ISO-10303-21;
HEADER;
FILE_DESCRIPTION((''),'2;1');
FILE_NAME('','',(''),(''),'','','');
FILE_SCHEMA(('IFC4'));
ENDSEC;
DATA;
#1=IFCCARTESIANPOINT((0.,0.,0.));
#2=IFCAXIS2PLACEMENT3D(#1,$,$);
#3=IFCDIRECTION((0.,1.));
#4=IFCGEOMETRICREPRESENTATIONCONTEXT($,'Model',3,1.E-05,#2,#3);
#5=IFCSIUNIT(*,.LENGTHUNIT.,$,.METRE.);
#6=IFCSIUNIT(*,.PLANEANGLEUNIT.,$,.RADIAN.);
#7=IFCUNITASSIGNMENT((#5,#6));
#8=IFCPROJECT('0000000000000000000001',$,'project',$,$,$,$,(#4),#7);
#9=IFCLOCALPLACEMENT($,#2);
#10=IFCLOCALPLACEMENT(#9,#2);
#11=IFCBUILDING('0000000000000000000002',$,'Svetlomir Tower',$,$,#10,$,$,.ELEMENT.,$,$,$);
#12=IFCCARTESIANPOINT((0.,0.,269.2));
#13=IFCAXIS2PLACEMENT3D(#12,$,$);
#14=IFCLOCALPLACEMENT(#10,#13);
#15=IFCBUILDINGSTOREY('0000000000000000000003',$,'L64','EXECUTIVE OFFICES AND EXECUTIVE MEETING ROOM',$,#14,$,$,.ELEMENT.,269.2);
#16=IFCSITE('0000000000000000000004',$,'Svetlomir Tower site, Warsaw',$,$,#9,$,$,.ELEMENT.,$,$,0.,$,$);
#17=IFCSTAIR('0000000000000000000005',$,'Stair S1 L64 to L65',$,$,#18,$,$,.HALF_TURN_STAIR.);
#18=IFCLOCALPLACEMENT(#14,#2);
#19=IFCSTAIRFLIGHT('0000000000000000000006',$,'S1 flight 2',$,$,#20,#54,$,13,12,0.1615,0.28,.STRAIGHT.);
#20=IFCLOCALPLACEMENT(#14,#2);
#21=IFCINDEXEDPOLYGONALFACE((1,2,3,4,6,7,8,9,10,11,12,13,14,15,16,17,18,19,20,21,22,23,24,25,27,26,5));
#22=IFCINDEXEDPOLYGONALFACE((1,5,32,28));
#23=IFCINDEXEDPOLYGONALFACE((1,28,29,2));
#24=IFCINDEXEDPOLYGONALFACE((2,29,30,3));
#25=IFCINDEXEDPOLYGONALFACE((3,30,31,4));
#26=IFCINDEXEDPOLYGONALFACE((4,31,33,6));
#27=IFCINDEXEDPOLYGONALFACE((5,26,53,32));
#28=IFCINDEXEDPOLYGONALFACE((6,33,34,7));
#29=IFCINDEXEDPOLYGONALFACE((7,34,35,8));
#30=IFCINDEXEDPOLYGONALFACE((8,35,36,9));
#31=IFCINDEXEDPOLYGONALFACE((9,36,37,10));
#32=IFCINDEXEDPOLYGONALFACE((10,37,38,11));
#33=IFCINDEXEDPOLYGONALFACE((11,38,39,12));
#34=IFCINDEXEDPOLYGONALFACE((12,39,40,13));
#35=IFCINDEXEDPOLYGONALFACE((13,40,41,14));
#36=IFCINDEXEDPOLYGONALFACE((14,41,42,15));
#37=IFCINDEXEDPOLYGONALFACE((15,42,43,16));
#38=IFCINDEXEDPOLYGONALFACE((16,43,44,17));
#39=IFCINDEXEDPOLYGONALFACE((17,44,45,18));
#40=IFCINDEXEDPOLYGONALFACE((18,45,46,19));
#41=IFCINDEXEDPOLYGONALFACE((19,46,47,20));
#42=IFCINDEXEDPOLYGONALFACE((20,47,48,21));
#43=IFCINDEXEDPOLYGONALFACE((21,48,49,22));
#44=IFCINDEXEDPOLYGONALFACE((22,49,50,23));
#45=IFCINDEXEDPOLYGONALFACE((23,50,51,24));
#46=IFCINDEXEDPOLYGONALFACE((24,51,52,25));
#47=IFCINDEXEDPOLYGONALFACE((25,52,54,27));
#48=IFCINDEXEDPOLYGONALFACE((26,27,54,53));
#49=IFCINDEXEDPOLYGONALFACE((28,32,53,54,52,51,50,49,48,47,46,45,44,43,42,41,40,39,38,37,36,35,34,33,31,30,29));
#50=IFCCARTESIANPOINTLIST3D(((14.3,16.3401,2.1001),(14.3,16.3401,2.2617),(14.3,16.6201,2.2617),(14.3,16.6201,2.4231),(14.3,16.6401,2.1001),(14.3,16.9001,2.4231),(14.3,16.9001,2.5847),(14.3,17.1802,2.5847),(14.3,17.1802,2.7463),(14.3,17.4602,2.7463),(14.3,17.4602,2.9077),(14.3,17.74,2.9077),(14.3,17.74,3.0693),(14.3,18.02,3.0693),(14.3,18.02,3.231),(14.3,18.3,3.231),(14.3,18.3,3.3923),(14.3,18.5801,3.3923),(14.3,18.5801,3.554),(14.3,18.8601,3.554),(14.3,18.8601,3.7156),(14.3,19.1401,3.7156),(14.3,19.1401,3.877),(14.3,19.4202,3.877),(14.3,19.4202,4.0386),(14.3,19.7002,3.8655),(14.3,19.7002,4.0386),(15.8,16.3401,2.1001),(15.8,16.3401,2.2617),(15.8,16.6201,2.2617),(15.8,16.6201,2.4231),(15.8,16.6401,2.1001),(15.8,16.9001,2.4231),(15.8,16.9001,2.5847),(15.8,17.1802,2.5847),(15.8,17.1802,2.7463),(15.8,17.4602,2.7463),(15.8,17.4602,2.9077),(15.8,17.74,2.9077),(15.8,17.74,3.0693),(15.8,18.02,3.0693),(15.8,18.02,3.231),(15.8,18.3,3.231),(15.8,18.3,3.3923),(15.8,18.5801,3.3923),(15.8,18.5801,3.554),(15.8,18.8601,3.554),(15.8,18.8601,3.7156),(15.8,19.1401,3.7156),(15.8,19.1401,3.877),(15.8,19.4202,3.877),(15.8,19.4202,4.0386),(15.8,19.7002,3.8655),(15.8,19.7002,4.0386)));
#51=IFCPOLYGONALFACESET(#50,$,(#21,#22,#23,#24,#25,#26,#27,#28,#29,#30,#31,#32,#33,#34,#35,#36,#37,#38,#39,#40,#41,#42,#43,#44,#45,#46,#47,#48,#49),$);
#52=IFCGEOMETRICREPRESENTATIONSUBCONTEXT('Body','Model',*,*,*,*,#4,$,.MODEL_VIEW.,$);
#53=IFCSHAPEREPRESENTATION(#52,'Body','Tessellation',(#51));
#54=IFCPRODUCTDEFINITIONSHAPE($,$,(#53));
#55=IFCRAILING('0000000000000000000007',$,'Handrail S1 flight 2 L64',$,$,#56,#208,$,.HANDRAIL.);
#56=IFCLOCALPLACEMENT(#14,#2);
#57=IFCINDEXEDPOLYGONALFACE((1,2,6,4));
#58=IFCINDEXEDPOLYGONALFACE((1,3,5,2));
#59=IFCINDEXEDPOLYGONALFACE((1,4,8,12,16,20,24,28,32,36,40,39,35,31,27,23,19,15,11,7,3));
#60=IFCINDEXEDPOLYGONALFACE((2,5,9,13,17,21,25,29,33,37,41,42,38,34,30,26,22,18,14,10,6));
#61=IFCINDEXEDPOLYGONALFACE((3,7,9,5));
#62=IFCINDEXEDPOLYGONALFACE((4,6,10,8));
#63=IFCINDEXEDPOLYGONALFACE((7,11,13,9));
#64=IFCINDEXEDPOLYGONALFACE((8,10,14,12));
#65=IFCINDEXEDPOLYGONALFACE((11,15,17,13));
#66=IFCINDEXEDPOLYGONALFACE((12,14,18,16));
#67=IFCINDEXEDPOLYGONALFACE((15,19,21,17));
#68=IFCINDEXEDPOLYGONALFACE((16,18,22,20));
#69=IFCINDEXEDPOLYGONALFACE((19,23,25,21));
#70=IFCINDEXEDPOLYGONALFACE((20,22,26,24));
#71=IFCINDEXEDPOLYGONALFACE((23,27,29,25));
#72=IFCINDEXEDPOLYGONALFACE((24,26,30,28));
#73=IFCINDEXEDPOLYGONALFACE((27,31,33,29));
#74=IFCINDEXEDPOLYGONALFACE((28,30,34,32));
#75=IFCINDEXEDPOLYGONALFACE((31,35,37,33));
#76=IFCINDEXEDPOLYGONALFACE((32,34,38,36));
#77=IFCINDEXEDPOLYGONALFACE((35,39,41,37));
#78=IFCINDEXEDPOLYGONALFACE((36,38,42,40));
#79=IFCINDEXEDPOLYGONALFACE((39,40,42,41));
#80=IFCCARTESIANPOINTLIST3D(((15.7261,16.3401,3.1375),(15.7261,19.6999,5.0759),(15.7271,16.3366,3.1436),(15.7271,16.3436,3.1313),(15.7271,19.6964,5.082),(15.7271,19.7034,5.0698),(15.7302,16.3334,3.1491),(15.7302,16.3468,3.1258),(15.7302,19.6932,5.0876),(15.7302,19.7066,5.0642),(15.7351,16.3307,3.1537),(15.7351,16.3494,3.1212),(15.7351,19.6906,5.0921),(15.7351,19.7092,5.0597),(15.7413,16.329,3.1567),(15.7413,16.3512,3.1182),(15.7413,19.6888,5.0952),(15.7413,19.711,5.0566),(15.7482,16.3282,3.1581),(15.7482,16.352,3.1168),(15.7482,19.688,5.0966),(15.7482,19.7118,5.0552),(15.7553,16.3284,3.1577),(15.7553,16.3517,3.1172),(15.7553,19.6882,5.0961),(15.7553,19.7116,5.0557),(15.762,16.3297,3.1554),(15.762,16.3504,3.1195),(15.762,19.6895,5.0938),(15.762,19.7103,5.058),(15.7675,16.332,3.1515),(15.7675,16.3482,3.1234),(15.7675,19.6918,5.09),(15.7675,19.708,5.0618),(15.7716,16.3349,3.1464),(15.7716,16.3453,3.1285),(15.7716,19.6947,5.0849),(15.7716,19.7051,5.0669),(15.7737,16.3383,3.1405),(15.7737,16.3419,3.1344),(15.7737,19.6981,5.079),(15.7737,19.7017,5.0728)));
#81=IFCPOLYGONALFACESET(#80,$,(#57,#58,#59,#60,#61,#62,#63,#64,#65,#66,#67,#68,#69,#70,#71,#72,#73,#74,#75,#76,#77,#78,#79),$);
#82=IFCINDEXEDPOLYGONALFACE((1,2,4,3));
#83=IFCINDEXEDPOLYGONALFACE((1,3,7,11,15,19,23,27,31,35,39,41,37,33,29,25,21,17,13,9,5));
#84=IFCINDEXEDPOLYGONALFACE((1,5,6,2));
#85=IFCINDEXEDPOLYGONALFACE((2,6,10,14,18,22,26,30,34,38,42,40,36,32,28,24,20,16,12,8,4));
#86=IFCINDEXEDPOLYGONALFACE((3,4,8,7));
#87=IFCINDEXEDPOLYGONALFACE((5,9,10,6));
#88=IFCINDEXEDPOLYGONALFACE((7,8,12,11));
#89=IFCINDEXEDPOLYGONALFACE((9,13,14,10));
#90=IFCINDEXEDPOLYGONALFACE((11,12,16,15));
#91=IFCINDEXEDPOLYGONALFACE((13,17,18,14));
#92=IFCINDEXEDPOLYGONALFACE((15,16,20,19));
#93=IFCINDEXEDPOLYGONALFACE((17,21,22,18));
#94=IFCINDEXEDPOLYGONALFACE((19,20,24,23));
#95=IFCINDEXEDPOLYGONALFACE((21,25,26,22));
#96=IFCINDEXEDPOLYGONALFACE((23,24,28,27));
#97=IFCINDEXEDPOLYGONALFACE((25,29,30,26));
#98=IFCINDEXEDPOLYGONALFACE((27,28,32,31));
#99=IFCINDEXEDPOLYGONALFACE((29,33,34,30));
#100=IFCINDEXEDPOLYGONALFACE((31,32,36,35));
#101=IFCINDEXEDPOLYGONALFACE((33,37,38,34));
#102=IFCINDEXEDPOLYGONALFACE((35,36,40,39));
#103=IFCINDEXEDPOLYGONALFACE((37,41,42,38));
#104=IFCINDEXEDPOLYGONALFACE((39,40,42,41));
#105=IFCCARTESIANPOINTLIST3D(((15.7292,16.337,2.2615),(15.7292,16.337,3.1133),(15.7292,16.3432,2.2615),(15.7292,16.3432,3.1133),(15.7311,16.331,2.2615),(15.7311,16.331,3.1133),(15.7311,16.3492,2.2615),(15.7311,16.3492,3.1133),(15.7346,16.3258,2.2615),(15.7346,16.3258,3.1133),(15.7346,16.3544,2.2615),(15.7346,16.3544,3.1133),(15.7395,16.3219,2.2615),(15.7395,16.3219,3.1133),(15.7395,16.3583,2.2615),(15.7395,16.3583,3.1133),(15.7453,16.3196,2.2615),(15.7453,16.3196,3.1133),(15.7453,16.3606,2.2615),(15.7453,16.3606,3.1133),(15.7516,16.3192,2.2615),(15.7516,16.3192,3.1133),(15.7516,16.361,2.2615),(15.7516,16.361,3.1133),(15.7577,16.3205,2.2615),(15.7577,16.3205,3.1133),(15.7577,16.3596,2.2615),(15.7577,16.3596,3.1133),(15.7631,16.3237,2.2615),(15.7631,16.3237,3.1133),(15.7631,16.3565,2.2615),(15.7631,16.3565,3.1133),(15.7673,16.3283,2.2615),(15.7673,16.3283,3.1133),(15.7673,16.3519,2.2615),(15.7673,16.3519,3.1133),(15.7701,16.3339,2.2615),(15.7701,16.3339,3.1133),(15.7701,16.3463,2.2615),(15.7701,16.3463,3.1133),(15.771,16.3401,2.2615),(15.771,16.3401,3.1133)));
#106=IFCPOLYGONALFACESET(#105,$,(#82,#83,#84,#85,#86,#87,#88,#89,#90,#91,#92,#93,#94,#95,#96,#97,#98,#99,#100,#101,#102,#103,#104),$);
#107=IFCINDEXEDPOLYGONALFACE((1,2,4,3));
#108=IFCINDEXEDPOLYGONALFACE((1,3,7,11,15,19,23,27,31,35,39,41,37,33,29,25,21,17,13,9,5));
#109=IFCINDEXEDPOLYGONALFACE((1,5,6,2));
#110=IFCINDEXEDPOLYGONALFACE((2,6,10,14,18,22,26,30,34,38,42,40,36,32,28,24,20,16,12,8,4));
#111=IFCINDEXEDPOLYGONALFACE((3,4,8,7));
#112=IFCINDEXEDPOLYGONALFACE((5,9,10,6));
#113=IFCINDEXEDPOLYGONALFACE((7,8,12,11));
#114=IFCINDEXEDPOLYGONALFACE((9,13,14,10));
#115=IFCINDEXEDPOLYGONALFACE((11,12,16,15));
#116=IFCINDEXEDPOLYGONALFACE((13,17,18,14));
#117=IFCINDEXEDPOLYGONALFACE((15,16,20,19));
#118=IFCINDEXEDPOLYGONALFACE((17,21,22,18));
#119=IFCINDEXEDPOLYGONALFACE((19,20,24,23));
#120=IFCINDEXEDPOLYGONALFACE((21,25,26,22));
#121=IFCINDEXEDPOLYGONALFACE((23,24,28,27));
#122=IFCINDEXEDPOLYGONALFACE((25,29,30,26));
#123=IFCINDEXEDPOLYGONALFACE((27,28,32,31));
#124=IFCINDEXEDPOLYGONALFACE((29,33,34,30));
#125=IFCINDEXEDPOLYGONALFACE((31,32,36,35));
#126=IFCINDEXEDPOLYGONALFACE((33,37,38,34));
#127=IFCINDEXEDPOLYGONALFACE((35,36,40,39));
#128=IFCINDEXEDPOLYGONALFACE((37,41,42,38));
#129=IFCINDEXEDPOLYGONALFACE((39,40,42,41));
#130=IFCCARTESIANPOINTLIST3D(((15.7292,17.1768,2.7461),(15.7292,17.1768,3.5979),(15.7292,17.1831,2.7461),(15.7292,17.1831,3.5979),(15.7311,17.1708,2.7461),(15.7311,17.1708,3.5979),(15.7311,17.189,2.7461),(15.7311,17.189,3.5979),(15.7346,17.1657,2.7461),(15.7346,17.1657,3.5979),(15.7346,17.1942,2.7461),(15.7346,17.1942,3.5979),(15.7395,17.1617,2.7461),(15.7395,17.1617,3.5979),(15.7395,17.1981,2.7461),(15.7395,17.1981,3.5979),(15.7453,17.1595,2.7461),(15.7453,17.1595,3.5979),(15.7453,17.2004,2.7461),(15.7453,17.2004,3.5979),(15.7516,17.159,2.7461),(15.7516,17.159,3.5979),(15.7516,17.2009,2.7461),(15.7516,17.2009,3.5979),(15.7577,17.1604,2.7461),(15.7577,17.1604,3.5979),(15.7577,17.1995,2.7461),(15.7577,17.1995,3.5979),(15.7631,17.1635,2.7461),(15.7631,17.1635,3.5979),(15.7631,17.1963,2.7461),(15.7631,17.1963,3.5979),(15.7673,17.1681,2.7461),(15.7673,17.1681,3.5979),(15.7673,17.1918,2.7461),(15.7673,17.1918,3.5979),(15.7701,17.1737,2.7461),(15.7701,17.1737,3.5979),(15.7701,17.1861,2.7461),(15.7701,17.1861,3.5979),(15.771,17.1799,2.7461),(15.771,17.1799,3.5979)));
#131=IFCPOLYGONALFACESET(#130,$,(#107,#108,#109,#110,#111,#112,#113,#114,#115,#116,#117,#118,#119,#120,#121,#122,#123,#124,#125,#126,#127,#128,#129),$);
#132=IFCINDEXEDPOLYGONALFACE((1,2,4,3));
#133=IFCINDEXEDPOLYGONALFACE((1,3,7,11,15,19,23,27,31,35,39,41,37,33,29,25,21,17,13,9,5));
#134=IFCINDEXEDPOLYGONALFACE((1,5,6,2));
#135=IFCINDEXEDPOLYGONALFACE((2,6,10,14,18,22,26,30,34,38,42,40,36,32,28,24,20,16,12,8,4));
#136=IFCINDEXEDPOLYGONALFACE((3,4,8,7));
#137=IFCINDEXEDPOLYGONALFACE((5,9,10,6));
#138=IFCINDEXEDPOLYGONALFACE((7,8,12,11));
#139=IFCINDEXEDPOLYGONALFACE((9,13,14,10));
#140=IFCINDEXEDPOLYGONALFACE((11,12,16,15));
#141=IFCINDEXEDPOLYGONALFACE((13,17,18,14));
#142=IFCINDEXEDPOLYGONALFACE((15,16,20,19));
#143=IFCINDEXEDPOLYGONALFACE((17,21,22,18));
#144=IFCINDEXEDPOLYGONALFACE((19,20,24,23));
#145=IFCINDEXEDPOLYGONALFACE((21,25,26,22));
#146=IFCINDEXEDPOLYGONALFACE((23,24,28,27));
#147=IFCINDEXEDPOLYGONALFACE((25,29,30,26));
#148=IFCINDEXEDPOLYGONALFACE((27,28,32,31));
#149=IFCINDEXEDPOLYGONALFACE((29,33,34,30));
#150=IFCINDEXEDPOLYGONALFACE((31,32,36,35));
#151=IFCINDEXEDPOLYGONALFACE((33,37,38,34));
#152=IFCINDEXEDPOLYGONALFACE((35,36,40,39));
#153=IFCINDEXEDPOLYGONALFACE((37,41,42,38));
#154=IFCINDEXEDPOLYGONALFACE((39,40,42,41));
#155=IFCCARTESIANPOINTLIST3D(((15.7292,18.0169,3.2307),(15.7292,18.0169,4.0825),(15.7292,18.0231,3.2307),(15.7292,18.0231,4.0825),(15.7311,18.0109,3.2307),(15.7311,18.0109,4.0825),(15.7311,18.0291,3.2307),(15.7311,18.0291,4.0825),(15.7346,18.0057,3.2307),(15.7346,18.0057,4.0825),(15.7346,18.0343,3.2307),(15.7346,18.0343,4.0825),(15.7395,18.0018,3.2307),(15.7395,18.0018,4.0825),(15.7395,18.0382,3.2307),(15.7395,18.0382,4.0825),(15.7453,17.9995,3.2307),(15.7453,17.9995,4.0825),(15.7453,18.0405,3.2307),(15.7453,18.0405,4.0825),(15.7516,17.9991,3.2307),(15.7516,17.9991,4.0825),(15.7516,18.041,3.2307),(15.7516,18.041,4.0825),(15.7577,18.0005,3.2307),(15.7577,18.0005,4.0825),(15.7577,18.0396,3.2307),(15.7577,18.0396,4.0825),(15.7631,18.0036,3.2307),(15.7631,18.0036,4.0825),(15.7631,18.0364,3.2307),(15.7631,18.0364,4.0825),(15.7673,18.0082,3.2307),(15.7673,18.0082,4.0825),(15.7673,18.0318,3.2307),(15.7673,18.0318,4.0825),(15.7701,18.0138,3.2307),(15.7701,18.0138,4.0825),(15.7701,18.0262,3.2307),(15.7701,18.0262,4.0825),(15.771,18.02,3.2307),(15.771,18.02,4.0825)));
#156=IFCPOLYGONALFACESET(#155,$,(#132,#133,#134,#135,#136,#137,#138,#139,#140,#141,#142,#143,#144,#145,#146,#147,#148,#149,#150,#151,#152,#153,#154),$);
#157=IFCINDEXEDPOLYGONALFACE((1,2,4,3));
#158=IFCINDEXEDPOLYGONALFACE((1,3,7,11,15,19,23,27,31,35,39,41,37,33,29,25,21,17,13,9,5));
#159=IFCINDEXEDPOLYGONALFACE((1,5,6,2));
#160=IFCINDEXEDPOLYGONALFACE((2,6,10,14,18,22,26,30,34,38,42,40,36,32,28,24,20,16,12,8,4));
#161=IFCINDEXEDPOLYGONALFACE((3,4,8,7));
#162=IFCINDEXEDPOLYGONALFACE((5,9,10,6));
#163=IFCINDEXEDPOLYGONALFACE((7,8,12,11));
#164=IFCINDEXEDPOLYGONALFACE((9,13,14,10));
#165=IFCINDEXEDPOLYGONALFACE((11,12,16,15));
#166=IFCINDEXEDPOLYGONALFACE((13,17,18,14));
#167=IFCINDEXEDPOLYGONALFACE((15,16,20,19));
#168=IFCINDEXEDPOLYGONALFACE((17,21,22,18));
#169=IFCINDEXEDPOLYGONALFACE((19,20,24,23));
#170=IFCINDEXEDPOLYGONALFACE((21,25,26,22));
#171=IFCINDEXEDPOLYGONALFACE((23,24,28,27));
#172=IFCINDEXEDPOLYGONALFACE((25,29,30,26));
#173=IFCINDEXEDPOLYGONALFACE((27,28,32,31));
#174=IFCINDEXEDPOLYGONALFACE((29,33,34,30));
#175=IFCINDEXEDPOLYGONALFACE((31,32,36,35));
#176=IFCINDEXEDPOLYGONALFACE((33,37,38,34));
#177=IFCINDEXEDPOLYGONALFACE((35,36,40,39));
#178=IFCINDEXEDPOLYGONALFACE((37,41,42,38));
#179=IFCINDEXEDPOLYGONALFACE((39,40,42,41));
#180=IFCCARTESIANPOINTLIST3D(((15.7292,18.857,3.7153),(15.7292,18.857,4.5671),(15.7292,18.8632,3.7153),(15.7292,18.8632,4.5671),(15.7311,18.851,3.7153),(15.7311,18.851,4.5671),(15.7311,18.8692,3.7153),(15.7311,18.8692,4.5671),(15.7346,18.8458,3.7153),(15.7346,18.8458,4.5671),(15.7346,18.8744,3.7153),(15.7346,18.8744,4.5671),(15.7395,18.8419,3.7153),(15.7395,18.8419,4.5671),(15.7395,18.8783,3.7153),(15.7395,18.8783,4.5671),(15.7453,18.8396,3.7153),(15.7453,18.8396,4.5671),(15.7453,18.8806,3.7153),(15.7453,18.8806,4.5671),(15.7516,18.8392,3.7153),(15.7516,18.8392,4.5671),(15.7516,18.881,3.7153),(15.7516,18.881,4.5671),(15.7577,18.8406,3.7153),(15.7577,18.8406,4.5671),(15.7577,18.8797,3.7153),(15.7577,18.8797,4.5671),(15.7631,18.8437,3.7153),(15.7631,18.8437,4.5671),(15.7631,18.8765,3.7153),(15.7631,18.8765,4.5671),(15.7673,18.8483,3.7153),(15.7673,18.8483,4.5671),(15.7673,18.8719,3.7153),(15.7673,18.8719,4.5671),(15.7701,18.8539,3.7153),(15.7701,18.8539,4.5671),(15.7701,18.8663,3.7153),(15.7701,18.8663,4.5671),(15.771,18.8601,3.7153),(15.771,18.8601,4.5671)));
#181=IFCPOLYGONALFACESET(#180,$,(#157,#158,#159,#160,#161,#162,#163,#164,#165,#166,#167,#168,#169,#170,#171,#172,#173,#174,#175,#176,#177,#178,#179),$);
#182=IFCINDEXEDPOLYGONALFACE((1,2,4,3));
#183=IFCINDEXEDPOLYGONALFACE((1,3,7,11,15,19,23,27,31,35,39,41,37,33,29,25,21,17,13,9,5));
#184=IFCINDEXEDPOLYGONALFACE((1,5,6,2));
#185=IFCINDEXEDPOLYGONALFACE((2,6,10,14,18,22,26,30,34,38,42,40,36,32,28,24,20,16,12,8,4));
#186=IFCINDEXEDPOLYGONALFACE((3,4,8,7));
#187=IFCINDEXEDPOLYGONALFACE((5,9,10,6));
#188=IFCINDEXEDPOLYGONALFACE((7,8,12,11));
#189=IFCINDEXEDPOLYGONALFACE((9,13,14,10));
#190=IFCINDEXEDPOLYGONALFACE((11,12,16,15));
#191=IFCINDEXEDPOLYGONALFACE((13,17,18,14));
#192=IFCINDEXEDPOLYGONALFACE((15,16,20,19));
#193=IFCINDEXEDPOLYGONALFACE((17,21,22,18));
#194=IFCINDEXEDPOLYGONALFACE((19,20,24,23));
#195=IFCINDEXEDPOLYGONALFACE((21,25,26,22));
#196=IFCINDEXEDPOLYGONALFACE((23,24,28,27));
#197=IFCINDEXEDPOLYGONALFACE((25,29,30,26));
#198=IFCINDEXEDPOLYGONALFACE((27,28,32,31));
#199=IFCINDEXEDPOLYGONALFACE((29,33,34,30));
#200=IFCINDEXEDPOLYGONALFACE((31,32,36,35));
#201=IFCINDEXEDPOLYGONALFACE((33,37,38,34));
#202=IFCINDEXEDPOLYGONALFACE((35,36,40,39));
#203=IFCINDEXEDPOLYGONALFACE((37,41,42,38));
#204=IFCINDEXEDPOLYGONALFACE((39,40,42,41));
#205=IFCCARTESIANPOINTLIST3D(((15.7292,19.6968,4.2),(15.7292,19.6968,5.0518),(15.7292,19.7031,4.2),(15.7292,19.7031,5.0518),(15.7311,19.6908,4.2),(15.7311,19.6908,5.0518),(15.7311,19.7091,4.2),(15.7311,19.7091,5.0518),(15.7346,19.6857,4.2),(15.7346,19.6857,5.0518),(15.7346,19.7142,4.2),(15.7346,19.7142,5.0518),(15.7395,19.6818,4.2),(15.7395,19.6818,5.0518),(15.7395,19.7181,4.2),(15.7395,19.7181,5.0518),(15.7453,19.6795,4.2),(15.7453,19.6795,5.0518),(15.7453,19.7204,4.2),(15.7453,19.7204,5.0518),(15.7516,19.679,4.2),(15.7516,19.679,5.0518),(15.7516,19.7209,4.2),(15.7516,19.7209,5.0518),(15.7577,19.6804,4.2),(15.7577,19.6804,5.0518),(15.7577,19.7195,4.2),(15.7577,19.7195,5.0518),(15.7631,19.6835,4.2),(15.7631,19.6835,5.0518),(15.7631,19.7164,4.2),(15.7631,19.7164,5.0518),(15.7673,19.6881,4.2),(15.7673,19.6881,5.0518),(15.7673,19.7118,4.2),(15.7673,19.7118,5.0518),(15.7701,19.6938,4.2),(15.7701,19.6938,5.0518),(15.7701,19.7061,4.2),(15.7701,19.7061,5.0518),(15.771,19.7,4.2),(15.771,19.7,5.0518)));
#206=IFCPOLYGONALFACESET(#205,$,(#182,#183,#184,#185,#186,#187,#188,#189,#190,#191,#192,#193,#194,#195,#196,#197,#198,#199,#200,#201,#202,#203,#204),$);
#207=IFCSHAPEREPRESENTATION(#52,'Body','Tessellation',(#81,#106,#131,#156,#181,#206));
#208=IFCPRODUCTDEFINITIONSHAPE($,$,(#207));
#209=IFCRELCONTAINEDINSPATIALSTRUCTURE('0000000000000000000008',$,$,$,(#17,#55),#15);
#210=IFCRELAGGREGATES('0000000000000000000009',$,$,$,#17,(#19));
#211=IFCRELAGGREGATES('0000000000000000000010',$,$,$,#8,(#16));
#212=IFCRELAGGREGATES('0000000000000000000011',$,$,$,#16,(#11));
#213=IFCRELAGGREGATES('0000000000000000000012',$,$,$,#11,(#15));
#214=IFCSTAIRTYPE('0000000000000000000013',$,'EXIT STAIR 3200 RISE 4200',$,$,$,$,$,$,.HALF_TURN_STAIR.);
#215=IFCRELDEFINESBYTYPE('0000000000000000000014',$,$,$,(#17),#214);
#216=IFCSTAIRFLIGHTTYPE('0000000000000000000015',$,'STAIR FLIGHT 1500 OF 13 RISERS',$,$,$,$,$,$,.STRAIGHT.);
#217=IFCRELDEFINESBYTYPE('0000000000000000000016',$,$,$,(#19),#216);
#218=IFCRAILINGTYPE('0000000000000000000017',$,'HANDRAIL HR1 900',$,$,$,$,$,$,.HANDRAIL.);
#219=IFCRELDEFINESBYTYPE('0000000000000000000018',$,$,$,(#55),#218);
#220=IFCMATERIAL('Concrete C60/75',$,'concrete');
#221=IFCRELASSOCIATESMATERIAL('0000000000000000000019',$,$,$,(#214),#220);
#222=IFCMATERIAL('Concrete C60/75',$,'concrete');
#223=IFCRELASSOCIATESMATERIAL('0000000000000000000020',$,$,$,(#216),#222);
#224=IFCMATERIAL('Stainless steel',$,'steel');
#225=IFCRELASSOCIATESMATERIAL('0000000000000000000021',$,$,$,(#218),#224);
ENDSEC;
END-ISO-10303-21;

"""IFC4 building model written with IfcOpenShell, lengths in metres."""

from ifc_helpers import new_model, si_unit, direction, frame, origin, origin_2d, place, context, subcontext, project, spatial, polyline, circle, outline, extrude, material, type_object, element, aggregate, save


model = new_model("IFC4")

# Units and contexts
model_context = context("Model", 3, precision=1e-05, world=origin(), true_north=direction((0.0, 1.0)))
body_context = subcontext(model_context, "Body", "Model", "MODEL_VIEW")
ifc_project = project(units=[si_unit("LENGTHUNIT", "METRE"), si_unit("PLANEANGLEUNIT", "RADIAN")], contexts=[model_context])

# Site, building, storey
site_placement = place(None, origin())
site = spatial("IfcSite", under=ifc_project, at=site_placement, Name="Svetlomir Tower site, Warsaw", CompositionType="ELEMENT", RefElevation=0.0)
building_placement = place(site_placement, origin())
building = spatial("IfcBuilding", under=site, at=building_placement, Name="Svetlomir Tower", CompositionType="ELEMENT")
storey_placement = place(building_placement, frame((0.0, 0.0, 269.2)))
storey = spatial("IfcBuildingStorey", under=building, at=storey_placement, Name="L64", Description="EXECUTIVE OFFICES AND EXECUTIVE MEETING ROOM", CompositionType="ELEMENT", Elevation=269.2)

# Stair, stair flight
ifc_material_1 = material(Name="Concrete C60/75", Category="concrete")
stair_type = type_object("IfcStairType", Name="EXIT STAIR 3200 RISE 4200", PredefinedType="HALF_TURN_STAIR", material=ifc_material_1)
stair_placement = place(storey_placement, origin())
stair = element("IfcStair", 1, at=stair_placement, inside=storey, type_object=stair_type, Name="Stair S1 L64 to L65", PredefinedType="HALF_TURN_STAIR")
ifc_material_2 = material(Name="Concrete C60/75", Category="concrete")
stair_flight_type = type_object("IfcStairFlightType", Name="STAIR FLIGHT 1500 OF 13 RISERS", PredefinedType="STRAIGHT", material=ifc_material_2)
stair_flight_placement = place(storey_placement, frame((15.05, 16.3401, 2.1001), z_axis=(0.0, 0.0, 1.0), x_axis=(0.0, 1.0, 0.0)))
stair_flight = element("IfcStairFlight", 2, at=stair_flight_placement, type_object=stair_flight_type, Name="S1 flight 2", NumberOfRisers=13, NumberOfTreads=12, PredefinedType="STRAIGHT", RiserHeight=0.1615, TreadLength=0.28, context=body_context, shape_type="SweptSolid", body=[
    extrude(outline(polyline([(0.0, 0.0), (0.0, 0.1616), (0.28, 0.1616), (0.28, 0.323), (0.5601, 0.323), (0.5601, 0.4846), (0.8401, 0.4846), (0.8401, 0.6462), (1.1201, 0.6462), (1.1201, 0.8076), (1.3999, 0.8076), (1.3999, 0.9692), (1.6799, 0.9692), (1.6799, 1.1309), (1.96, 1.1309), (1.96, 1.2922), (2.24, 1.2922), (2.24, 1.4539), (2.52, 1.4539), (2.52, 1.6155), (2.8, 1.6155), (2.8, 1.7769), (3.0801, 1.7769), (3.0801, 1.9385), (3.3601, 1.9385), (3.3601, 2.1001), (3.3601, 1.7654), (0.3, 0.0), (0.0, 0.0)])), frame((0.0, 0.75, 0.0), z_axis=(0.0, -1.0, 0.0), x_axis=(1.0, 0.0, 0.0)), (0.0, 0.0, 1.0), 1.5),
])
aggregate(stair, [stair_flight])

# Railing
ifc_material_3 = material(Name="Stainless steel", Category="steel")
railing_type = type_object("IfcRailingType", Name="HANDRAIL HR1 900", PredefinedType="HANDRAIL", material=ifc_material_3)
railing_placement = place(storey_placement, frame((15.75, 16.3401, 2.2615)))
element("IfcRailing", 3, at=railing_placement, inside=storey, type_object=railing_type, Name="Handrail S1 flight 2 L64", PredefinedType="HANDRAIL", context=body_context, shape_type="SweptSolid", body=[
    extrude(circle(Radius=0.0239, at=origin_2d()), frame((0.0, 0.0, 0.876), z_axis=(0.0, 0.866175, 0.499741), x_axis=(-1.0, 0.0, 0.0)), (0.0, 0.0, 1.0), 3.8789),
    extrude(circle(Radius=0.021, at=origin_2d()), origin(), (0.0, 0.0, 1.0), 0.8518),
    extrude(circle(Radius=0.021, at=origin_2d()), frame((0.0, 0.8398, 0.4846)), (0.0, 0.0, 1.0), 0.8518),
    extrude(circle(Radius=0.021, at=origin_2d()), frame((0.0, 1.6799, 0.9692)), (0.0, 0.0, 1.0), 0.8518),
    extrude(circle(Radius=0.021, at=origin_2d()), frame((0.0, 2.52, 1.4539)), (0.0, 0.0, 1.0), 0.8518),
    extrude(circle(Radius=0.021, at=origin_2d()), frame((0.0, 3.3599, 1.9385)), (0.0, 0.0, 1.0), 0.8518),
])

save(model, "model.ifc")
